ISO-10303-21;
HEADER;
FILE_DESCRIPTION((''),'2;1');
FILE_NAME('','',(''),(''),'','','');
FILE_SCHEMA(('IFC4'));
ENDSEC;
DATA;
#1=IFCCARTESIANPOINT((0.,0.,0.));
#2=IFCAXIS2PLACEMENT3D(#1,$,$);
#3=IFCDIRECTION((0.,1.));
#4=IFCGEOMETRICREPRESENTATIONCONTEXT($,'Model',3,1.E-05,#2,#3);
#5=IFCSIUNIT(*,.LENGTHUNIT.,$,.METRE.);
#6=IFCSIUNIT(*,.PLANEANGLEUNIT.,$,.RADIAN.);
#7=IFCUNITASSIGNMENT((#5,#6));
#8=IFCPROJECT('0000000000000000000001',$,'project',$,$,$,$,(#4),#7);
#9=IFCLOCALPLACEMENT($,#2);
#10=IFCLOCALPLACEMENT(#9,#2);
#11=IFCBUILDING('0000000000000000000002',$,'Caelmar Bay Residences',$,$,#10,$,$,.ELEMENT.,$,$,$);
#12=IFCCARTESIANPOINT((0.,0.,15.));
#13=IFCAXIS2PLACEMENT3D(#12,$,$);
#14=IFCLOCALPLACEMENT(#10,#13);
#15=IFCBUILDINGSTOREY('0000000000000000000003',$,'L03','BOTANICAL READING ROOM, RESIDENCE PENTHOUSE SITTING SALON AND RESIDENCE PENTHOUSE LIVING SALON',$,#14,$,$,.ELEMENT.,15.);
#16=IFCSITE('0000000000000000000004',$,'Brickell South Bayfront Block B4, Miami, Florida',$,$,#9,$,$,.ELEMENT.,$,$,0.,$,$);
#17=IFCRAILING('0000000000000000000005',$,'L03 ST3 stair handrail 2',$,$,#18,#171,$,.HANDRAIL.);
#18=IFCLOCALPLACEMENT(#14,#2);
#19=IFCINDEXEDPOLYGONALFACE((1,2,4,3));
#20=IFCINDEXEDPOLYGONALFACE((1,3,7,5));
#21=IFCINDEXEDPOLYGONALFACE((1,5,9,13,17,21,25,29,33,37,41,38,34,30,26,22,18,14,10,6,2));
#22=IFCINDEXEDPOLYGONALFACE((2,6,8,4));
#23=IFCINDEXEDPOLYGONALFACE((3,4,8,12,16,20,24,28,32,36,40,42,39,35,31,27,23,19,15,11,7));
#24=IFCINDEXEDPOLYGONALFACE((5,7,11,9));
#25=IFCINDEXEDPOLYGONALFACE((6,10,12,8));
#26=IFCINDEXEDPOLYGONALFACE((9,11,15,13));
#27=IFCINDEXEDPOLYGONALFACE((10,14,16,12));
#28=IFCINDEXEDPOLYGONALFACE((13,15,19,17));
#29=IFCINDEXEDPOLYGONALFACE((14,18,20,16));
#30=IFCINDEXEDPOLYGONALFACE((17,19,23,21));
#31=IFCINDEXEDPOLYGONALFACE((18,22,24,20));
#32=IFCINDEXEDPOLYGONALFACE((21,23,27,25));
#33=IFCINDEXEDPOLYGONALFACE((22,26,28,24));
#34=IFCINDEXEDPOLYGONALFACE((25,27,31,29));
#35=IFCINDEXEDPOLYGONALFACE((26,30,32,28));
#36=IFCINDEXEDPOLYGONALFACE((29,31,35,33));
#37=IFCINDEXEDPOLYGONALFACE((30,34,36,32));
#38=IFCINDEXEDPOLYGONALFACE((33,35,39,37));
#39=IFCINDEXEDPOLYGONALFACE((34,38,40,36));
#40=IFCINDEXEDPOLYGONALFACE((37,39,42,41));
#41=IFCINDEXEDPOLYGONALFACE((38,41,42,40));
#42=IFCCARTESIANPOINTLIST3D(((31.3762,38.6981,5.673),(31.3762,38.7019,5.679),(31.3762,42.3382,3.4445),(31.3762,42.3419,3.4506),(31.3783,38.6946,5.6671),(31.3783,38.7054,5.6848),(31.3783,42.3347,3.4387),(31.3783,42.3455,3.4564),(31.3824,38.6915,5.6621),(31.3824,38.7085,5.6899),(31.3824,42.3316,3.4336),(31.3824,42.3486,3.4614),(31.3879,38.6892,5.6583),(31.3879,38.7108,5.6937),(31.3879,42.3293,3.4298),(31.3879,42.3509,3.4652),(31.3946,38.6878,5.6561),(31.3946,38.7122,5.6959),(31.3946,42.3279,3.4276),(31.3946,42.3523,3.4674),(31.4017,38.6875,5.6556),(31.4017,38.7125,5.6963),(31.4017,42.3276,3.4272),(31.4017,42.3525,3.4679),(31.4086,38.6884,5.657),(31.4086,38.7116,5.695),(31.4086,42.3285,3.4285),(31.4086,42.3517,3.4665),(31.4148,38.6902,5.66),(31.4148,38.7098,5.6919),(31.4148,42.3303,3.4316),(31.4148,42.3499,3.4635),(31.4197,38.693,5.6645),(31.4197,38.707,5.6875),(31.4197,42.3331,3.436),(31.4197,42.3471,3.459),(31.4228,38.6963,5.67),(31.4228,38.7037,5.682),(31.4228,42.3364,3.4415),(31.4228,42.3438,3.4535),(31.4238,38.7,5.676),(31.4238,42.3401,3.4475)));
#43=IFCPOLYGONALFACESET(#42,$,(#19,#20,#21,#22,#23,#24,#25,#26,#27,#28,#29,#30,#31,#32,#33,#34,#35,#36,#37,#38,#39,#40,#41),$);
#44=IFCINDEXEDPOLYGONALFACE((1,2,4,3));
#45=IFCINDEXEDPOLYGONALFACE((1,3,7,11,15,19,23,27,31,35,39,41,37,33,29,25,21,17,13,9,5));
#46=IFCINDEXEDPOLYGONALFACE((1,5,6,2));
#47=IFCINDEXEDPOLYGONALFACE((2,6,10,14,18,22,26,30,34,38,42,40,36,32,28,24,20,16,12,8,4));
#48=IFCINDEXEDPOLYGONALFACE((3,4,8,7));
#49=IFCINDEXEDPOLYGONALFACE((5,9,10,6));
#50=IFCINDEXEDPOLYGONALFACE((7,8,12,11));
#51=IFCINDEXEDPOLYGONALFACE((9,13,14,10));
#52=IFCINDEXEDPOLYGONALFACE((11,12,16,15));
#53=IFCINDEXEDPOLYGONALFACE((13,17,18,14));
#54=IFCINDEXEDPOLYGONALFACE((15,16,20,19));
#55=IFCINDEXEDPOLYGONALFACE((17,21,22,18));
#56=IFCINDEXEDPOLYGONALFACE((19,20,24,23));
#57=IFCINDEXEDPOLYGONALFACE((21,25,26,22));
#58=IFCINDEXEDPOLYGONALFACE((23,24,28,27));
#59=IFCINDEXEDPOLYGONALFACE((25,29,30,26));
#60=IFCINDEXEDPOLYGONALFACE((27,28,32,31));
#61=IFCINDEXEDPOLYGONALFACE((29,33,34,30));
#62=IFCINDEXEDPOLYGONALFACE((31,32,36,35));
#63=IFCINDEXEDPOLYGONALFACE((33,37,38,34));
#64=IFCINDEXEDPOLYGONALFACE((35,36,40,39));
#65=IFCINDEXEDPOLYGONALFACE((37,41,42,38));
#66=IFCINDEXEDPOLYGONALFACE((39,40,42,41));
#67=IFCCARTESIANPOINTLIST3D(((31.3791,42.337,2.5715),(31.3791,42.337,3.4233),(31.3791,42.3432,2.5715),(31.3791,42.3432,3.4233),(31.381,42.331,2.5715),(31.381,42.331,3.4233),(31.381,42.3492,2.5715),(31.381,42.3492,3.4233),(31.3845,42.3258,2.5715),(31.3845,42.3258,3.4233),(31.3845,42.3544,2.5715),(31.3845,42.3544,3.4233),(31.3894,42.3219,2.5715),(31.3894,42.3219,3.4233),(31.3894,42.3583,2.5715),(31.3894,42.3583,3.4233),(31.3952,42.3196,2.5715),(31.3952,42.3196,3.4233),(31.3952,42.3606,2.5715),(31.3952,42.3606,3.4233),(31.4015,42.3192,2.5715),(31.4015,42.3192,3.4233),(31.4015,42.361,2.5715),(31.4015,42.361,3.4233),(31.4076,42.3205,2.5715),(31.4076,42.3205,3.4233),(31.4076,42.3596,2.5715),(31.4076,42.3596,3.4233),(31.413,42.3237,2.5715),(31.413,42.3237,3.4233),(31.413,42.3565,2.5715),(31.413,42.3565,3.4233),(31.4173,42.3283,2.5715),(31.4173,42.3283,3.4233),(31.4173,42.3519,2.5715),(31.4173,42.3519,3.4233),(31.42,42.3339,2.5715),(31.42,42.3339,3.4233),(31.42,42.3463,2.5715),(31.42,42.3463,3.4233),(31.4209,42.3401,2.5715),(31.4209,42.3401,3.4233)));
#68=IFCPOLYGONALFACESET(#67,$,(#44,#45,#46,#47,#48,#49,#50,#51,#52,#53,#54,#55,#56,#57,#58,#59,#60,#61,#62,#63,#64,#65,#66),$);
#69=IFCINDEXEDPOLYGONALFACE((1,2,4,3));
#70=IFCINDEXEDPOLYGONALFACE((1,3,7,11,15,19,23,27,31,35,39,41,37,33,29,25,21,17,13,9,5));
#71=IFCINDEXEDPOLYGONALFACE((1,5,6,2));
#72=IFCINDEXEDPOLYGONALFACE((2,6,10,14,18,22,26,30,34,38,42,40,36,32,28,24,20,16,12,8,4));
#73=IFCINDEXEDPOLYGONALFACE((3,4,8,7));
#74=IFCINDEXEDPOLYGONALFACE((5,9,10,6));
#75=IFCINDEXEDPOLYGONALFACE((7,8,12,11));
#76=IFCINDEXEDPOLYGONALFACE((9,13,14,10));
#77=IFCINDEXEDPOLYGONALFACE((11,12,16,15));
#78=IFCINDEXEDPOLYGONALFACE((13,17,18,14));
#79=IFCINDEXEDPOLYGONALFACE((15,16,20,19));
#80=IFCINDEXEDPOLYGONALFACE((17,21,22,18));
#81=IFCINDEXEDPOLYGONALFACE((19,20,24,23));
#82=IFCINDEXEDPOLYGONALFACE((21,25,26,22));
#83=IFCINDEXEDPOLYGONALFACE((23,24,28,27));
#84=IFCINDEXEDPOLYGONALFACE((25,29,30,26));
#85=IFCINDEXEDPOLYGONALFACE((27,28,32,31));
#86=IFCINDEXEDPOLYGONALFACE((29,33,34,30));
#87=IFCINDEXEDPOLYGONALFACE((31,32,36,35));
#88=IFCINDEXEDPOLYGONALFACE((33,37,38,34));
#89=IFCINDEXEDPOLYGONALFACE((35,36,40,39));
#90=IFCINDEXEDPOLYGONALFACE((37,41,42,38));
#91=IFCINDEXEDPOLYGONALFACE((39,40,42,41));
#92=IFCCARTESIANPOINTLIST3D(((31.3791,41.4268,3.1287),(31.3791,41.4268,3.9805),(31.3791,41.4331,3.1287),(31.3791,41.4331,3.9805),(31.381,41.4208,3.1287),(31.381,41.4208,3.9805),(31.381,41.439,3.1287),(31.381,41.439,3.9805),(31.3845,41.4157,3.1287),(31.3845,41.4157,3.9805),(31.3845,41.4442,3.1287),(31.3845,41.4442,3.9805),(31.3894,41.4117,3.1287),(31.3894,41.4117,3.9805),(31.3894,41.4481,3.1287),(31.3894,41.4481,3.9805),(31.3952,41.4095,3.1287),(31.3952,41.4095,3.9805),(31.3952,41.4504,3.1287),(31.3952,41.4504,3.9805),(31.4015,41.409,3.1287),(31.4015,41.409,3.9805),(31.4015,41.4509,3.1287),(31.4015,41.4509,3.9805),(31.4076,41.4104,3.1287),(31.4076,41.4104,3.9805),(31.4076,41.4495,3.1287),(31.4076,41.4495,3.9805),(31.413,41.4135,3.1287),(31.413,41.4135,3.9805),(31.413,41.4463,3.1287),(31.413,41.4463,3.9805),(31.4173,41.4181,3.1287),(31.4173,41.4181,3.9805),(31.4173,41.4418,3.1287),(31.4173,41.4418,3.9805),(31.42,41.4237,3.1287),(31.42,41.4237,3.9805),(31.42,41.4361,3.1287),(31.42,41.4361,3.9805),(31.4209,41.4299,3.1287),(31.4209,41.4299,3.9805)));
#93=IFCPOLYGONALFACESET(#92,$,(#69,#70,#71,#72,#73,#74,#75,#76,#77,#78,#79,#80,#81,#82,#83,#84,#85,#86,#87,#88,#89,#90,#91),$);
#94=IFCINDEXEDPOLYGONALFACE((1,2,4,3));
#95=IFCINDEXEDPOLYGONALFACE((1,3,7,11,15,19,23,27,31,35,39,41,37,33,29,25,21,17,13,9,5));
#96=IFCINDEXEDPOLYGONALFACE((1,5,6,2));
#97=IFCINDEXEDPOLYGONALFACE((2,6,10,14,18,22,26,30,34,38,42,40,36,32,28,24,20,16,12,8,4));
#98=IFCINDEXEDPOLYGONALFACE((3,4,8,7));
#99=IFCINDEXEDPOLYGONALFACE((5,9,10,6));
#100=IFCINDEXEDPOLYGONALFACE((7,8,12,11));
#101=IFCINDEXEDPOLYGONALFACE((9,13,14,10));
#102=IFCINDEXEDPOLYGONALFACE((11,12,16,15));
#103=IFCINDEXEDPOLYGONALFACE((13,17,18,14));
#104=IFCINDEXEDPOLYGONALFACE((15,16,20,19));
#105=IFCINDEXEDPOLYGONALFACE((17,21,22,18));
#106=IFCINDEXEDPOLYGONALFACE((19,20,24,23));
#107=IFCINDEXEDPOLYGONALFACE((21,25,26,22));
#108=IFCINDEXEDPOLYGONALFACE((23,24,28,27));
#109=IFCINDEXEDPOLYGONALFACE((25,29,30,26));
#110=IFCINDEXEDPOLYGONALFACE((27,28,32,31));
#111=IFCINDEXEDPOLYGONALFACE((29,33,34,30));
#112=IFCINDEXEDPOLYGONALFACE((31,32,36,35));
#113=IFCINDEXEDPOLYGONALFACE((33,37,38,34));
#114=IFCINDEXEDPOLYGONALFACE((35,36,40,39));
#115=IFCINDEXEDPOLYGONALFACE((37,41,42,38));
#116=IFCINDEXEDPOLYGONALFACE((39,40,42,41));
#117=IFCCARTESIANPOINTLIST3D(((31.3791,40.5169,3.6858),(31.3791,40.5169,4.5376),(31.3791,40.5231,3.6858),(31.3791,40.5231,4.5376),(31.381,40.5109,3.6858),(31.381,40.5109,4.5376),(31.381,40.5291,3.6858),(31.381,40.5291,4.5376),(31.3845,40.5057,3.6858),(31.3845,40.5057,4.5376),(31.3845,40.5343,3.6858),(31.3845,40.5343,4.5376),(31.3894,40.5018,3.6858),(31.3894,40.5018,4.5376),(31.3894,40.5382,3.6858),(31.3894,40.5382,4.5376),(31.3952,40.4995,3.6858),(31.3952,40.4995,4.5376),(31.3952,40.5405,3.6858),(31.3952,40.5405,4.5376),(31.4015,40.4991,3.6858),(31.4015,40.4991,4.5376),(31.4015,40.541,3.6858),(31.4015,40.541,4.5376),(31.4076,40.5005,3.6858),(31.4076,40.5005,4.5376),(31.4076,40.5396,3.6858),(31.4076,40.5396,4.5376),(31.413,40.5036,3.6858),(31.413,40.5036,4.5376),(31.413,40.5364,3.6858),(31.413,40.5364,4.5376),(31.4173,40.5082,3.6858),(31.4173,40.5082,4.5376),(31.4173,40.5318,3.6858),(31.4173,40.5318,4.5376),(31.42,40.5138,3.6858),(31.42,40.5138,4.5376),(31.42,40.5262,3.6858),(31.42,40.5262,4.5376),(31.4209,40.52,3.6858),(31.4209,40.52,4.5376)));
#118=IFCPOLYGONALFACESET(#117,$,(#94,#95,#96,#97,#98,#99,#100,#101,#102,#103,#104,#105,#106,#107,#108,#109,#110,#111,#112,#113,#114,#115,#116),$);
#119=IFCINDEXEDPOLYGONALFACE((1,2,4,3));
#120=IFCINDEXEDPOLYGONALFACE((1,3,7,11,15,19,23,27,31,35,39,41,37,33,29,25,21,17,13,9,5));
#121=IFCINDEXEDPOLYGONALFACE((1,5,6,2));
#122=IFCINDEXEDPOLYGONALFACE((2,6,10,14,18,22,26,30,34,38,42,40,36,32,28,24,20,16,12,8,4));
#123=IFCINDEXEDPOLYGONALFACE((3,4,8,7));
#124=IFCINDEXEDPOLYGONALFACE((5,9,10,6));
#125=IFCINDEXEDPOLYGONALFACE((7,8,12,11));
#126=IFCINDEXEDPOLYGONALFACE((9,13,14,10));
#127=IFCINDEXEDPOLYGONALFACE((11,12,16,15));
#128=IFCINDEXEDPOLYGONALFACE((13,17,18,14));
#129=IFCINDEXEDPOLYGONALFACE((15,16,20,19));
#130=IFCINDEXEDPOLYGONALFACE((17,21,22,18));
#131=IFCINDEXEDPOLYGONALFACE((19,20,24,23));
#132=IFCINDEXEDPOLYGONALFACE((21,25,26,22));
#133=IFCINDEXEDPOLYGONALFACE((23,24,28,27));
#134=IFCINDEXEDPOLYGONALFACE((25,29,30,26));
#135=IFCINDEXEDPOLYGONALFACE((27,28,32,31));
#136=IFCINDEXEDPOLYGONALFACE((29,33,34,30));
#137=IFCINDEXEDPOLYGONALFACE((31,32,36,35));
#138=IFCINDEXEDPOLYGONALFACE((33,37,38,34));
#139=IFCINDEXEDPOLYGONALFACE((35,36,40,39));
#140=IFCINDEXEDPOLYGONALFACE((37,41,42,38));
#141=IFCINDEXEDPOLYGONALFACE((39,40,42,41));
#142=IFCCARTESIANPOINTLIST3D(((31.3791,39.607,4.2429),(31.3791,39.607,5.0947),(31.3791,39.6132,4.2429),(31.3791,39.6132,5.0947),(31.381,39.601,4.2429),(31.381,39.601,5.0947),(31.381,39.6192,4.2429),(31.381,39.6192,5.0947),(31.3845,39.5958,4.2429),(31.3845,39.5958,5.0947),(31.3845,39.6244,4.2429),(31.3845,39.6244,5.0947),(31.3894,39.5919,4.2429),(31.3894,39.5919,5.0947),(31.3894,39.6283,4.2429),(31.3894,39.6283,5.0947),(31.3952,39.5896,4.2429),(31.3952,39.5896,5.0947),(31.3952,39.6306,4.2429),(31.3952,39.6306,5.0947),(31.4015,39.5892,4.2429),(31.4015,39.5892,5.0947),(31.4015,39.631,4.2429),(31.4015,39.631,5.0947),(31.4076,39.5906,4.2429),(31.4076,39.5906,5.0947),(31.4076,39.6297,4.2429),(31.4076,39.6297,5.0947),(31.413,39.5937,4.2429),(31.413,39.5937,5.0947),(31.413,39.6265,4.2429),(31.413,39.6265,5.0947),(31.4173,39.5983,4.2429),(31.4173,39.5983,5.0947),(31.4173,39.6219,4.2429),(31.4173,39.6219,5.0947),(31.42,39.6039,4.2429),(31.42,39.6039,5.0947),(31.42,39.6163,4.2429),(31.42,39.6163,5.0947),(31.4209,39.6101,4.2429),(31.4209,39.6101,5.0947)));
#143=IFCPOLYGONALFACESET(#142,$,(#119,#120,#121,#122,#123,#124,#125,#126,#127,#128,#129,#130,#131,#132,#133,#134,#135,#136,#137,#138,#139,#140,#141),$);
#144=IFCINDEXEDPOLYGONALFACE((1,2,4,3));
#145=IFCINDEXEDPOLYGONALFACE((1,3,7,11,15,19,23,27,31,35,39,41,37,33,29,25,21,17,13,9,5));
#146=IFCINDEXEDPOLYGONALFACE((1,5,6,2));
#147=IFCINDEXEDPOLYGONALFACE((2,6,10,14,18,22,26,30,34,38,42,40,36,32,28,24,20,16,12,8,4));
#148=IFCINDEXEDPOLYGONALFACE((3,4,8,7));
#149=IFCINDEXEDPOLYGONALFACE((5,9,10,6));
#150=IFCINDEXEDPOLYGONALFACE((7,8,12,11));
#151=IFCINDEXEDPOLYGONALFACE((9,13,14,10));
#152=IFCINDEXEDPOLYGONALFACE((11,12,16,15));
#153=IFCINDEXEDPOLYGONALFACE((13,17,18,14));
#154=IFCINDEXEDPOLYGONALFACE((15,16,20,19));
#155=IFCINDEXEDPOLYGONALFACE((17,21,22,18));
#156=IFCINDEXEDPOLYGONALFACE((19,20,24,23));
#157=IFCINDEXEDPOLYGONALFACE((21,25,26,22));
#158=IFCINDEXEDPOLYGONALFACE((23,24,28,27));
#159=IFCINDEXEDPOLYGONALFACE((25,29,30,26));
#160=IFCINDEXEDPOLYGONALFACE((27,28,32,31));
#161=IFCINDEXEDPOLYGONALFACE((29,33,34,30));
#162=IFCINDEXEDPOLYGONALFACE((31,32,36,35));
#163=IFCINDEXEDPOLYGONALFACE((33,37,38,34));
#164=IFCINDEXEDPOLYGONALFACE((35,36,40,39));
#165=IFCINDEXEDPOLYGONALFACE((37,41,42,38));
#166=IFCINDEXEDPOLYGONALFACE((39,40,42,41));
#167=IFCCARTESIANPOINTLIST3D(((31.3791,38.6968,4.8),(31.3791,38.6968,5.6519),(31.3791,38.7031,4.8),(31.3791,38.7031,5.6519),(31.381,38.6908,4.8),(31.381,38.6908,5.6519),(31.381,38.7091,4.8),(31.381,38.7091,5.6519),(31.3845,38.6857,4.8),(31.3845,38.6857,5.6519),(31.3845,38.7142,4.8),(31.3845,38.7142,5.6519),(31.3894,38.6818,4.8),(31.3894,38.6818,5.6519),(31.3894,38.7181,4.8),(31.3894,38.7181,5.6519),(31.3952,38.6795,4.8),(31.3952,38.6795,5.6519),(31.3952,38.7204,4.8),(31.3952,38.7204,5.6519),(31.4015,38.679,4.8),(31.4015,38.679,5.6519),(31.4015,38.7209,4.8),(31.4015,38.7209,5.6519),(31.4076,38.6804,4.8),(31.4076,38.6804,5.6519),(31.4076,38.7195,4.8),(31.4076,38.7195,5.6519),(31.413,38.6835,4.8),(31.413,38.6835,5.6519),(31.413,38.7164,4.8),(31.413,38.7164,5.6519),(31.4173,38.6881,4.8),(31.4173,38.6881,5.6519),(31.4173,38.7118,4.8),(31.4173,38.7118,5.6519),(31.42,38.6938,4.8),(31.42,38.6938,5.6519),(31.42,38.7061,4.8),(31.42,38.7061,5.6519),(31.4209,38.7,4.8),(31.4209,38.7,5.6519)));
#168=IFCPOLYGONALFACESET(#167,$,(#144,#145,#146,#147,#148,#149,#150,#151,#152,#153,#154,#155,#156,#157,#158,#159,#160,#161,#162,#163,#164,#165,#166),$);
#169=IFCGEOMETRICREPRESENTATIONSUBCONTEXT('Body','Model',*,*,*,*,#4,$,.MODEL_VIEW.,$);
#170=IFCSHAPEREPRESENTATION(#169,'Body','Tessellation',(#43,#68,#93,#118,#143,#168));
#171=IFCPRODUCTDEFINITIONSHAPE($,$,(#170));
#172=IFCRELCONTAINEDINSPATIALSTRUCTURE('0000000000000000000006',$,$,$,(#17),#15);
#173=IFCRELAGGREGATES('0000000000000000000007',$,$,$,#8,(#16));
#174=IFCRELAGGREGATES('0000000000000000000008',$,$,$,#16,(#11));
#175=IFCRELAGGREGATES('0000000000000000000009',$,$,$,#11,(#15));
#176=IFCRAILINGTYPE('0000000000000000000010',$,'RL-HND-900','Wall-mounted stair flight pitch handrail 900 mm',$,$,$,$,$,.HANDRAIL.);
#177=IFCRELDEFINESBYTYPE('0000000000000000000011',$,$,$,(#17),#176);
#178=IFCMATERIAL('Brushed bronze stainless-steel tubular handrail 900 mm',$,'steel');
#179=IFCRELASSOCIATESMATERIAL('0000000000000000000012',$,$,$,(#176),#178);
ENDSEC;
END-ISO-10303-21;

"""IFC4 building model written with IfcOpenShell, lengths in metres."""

from ifc_helpers import new_model, si_unit, direction, frame, origin, origin_2d, place, context, subcontext, project, spatial, circle, extrude, material, type_object, element, save


model = new_model("IFC4")

# Units and contexts
model_context = context("Model", 3, precision=1e-05, world=origin(), true_north=direction((0.0, 1.0)))
body_context = subcontext(model_context, "Body", "Model", "MODEL_VIEW")
ifc_project = project(units=[si_unit("LENGTHUNIT", "METRE"), si_unit("PLANEANGLEUNIT", "RADIAN")], contexts=[model_context])

# Site, building, storey
site_placement = place(None, origin())
site = spatial("IfcSite", under=ifc_project, at=site_placement, Name="Brickell South Bayfront Block B4, Miami, Florida", CompositionType="ELEMENT", RefElevation=0.0)
building_placement = place(site_placement, origin())
building = spatial("IfcBuilding", under=site, at=building_placement, Name="Caelmar Bay Residences", CompositionType="ELEMENT")
storey_placement = place(building_placement, frame((0.0, 0.0, 15.0)))
storey = spatial("IfcBuildingStorey", under=building, at=storey_placement, Name="L03", Description="BOTANICAL READING ROOM, RESIDENCE PENTHOUSE SITTING SALON AND RESIDENCE PENTHOUSE LIVING SALON", CompositionType="ELEMENT", Elevation=15.0)

# Railing
ifc_material_1 = material(Name="Brushed bronze stainless-steel tubular handrail 900 mm", Category="steel")
railing_type_1 = type_object("IfcRailingType", Name="RL-HND-900", Description="Wall-mounted stair flight pitch handrail 900 mm", PredefinedType="HANDRAIL", material=ifc_material_1)
railing_1_placement = place(storey_placement, frame((31.3999, 42.3401, 2.5715)))
element("IfcRailing", 1, at=railing_1_placement, inside=storey, type_object=railing_type_1, Name="L03 ST3 stair handrail 2", PredefinedType="HANDRAIL", context=body_context, shape_type="SweptSolid", body=[
    extrude(circle(Radius=0.0239, at=origin_2d()), frame((0.0, 0.0, 0.876), z_axis=(0.0, -0.852866, 0.52213), x_axis=(1.0, 0.0, 0.0)), (0.0, 0.0, 1.0), 4.2681),
    extrude(circle(Radius=0.021, at=origin_2d()), origin(), (0.0, 0.0, 1.0), 0.8518),
    extrude(circle(Radius=0.021, at=origin_2d()), frame((0.0, -0.9102, 0.5571)), (0.0, 0.0, 1.0), 0.8518),
    extrude(circle(Radius=0.021, at=origin_2d()), frame((0.0, -1.8201, 1.1143)), (0.0, 0.0, 1.0), 0.8518),
    extrude(circle(Radius=0.021, at=origin_2d()), frame((0.0, -2.73, 1.6714)), (0.0, 0.0, 1.0), 0.8518),
    extrude(circle(Radius=0.021, at=origin_2d()), frame((0.0, -3.6401, 2.2285)), (0.0, 0.0, 1.0), 0.8518),
])

save(model, "model.ifc")
